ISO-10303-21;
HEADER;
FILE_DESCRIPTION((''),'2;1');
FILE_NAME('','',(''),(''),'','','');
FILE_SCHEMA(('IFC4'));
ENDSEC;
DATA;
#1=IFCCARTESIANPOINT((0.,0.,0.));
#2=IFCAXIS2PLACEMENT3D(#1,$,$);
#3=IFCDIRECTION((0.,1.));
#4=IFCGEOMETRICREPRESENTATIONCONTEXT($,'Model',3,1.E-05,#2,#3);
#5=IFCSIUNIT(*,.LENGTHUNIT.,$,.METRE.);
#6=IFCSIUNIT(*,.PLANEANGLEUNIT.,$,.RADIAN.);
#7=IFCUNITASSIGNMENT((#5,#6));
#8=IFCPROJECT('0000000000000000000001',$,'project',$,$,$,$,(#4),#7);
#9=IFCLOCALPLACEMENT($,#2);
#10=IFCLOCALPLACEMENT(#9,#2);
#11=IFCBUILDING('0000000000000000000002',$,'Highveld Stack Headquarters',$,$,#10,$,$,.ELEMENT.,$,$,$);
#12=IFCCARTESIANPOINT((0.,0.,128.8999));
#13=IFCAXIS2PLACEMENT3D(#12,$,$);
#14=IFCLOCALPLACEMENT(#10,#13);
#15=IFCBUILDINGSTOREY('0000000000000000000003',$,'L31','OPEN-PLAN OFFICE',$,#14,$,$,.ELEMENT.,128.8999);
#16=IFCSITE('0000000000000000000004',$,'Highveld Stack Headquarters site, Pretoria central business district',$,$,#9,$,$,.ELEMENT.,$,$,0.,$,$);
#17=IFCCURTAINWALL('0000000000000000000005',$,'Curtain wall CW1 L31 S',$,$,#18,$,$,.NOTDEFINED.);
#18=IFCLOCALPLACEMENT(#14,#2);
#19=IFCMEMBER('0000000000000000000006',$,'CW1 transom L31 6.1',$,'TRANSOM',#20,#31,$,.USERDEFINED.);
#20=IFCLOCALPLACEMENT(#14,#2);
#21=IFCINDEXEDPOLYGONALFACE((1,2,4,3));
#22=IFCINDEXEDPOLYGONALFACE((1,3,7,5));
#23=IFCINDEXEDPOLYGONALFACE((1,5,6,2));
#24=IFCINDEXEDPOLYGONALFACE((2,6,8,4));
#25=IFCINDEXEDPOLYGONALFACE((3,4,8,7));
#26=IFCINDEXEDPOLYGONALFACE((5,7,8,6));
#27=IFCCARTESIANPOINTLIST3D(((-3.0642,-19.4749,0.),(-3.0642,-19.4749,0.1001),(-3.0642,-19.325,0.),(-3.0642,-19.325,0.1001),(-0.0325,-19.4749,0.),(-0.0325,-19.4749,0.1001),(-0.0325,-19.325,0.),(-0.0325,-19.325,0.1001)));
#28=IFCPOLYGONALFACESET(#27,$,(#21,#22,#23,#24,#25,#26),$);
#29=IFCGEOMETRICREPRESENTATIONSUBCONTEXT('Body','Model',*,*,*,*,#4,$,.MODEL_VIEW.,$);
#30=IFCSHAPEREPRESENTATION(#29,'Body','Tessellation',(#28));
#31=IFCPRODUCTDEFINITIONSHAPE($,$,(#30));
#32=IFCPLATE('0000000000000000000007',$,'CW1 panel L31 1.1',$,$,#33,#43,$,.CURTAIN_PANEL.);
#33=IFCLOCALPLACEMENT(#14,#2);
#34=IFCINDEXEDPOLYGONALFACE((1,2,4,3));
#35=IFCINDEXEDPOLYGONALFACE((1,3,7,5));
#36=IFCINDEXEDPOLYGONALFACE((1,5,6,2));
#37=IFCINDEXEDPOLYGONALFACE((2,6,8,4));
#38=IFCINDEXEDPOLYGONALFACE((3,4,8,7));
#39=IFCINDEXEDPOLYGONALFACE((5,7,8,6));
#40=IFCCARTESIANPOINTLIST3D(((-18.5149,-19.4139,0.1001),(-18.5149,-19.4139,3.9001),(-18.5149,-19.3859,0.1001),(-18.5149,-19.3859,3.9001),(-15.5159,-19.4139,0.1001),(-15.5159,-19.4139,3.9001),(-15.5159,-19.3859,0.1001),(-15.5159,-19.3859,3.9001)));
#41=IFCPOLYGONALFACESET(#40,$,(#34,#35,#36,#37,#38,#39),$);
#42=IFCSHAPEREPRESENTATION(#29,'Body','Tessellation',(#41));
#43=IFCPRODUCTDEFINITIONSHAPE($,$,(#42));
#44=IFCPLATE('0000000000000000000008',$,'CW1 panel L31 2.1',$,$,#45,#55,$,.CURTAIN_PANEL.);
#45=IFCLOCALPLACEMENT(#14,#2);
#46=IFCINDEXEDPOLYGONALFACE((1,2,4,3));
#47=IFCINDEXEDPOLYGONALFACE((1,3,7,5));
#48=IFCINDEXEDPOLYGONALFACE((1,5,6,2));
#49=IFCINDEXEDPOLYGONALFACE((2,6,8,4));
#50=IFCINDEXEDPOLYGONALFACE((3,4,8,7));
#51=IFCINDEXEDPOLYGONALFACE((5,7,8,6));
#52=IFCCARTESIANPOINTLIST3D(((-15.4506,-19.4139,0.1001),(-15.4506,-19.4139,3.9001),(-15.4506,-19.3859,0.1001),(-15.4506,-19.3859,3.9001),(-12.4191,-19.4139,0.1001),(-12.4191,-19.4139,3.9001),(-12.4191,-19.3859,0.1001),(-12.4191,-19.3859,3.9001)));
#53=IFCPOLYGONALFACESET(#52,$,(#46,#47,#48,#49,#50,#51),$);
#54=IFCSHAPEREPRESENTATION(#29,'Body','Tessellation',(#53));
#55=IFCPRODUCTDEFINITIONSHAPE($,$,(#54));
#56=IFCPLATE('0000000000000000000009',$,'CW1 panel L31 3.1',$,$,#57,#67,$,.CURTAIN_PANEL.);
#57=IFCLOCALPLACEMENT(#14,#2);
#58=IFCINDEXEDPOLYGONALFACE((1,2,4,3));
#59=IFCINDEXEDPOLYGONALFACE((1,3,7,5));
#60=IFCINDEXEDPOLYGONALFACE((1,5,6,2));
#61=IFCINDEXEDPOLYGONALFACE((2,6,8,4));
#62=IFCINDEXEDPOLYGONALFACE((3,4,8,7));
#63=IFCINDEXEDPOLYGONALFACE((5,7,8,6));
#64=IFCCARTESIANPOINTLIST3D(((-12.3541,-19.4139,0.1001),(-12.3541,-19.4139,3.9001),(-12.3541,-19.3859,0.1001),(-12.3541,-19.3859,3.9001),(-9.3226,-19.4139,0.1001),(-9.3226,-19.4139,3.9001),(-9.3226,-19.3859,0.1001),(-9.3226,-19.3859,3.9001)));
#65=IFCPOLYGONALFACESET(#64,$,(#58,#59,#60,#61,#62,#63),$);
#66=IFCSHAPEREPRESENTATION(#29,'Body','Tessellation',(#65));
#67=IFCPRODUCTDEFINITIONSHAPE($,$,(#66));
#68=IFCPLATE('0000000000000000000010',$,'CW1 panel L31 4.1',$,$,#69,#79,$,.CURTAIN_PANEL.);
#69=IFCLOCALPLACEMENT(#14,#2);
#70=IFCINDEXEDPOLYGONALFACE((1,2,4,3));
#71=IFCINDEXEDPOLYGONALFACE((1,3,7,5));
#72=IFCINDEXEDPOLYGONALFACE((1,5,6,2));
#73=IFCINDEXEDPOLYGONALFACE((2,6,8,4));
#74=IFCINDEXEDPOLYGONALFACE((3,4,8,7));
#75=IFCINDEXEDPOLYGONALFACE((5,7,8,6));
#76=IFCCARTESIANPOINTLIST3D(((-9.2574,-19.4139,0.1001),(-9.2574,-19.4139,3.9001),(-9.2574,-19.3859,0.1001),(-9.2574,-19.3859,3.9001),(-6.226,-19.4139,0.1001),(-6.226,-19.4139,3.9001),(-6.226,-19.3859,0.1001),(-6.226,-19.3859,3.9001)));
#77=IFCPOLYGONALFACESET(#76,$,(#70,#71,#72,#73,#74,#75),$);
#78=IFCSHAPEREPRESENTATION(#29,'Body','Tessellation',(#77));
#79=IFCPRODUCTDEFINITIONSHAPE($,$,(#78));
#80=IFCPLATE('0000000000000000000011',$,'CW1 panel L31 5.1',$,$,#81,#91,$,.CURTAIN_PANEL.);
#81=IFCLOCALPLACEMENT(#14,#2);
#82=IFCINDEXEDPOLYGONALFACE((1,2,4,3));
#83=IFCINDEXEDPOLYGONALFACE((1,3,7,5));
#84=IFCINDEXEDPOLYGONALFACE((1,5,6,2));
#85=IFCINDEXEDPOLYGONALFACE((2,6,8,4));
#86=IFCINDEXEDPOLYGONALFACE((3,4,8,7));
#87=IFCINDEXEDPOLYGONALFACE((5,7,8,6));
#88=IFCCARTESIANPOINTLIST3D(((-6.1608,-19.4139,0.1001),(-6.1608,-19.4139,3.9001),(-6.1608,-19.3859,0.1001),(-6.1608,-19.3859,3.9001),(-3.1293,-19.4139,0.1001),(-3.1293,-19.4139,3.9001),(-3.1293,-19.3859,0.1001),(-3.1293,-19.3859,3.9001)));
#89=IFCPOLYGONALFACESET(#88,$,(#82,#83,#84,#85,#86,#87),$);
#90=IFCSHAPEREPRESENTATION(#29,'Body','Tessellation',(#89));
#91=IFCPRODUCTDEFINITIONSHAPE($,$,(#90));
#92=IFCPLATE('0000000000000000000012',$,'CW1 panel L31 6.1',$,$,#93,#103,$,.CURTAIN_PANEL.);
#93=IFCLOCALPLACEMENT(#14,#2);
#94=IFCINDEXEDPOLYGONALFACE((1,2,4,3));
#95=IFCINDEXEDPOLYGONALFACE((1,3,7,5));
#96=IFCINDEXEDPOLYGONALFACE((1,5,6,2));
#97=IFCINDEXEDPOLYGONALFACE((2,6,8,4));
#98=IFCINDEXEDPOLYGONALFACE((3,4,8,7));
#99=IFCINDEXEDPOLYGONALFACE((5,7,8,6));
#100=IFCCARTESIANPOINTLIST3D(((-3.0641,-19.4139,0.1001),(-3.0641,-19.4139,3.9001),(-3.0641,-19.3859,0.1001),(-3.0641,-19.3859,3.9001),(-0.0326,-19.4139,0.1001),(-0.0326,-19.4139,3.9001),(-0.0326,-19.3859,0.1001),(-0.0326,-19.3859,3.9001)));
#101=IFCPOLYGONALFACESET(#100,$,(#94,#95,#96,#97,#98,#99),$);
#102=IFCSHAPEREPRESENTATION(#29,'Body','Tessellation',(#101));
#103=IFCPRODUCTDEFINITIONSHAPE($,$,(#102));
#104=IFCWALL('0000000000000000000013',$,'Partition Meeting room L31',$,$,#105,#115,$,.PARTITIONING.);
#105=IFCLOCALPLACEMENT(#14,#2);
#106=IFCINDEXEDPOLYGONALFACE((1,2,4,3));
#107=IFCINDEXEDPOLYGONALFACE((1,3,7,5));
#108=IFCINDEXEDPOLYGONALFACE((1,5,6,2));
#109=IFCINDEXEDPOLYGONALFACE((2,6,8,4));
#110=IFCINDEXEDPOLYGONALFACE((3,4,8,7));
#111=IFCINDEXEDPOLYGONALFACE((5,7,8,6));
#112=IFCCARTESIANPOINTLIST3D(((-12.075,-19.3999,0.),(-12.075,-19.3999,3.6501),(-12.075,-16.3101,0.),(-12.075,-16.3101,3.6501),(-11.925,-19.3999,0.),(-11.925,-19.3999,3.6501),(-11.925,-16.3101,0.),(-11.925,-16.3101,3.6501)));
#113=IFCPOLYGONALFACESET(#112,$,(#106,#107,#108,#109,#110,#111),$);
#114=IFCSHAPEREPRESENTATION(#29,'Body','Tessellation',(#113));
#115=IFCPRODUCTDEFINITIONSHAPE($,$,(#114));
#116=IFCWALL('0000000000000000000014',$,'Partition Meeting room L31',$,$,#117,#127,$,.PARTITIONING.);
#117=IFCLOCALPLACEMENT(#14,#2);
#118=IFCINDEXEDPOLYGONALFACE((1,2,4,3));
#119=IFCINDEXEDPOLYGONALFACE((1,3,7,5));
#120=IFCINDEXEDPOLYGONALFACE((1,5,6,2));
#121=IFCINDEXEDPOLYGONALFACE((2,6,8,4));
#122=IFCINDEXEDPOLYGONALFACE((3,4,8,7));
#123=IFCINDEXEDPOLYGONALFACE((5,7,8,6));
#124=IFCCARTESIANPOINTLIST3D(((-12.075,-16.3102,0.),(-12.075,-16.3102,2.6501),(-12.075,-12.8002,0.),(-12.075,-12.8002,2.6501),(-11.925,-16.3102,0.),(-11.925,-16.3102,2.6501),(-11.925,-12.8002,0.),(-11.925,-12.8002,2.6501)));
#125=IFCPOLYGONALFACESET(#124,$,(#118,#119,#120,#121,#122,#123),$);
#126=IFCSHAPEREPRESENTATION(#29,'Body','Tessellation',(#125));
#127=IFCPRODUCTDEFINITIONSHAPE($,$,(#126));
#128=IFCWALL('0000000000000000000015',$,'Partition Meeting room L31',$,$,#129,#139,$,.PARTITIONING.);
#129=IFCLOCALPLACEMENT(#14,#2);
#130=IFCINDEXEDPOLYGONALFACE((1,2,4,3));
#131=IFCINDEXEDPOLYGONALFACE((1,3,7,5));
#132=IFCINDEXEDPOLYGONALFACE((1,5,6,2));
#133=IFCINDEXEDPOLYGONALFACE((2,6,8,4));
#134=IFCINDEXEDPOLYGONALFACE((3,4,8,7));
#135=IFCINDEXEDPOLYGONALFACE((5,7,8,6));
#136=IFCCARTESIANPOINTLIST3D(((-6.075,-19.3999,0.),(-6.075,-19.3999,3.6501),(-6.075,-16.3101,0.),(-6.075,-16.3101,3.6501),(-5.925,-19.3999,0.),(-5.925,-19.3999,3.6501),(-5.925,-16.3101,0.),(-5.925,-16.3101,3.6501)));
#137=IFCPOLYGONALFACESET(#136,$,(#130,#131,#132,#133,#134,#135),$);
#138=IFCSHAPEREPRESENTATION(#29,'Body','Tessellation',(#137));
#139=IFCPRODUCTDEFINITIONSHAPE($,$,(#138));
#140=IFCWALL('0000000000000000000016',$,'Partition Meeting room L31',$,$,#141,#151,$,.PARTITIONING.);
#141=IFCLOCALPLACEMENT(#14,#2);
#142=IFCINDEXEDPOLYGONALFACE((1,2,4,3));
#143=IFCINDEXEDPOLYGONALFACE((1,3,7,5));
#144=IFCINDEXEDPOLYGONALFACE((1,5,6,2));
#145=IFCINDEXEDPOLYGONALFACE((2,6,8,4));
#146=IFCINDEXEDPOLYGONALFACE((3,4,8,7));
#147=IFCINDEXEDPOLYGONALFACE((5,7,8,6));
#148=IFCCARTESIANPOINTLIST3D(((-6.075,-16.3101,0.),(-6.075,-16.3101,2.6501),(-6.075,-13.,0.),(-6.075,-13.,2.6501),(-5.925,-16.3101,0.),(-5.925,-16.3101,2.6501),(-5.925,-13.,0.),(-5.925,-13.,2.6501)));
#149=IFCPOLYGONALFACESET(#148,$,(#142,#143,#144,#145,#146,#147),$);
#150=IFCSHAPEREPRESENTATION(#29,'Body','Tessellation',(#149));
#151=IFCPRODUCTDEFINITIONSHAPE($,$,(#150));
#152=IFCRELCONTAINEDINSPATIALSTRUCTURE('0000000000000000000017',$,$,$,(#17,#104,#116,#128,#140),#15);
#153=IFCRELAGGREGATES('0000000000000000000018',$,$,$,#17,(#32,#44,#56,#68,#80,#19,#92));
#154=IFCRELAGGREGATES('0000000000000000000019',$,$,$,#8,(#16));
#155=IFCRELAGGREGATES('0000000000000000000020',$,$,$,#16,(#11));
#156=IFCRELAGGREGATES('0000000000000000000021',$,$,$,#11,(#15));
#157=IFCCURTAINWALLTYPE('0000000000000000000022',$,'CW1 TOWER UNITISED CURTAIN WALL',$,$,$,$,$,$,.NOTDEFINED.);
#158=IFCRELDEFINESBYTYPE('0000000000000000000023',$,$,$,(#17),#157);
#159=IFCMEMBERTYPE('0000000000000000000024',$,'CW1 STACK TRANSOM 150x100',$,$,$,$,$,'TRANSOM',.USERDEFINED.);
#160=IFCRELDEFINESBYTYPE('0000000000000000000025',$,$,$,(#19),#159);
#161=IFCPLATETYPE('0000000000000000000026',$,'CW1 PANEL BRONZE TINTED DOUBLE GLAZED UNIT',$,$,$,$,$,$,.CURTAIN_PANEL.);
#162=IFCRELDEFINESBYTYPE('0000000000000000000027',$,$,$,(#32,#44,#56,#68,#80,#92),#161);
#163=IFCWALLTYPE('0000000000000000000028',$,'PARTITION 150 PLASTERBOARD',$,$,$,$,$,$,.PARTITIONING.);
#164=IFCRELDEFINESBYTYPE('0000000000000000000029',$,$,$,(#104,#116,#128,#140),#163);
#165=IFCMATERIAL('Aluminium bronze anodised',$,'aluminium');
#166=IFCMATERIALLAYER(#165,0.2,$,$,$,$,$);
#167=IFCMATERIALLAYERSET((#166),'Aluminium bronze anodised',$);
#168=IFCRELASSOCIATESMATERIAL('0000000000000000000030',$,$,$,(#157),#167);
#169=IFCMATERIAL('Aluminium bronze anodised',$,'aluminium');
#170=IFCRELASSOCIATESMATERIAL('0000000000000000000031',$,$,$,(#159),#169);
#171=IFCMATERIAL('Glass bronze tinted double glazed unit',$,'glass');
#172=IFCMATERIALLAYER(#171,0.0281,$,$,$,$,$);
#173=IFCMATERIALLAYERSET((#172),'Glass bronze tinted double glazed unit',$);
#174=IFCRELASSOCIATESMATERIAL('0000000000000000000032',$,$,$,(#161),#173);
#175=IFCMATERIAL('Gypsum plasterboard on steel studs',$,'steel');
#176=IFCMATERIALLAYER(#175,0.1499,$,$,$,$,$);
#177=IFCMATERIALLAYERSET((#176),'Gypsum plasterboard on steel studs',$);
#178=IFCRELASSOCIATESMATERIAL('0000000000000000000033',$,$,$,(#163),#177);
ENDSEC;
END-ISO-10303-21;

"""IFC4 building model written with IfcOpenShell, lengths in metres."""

from ifc_helpers import new_model, si_unit, direction, frame, frame_2d, origin, origin_2d, place, context, subcontext, project, spatial, rectangle, extrude, material, layer, layer_set, material_profile, profile_set, type_object, element, aggregate, save


model = new_model("IFC4")

# Units and contexts
model_context = context("Model", 3, precision=1e-05, world=origin(), true_north=direction((0.0, 1.0)))
body_context = subcontext(model_context, "Body", "Model", "MODEL_VIEW")
ifc_project = project(units=[si_unit("LENGTHUNIT", "METRE"), si_unit("PLANEANGLEUNIT", "RADIAN")], contexts=[model_context])

# Site, building, storey
site_placement = place(None, origin())
site = spatial("IfcSite", under=ifc_project, at=site_placement, Name="Highveld Stack Headquarters site, Pretoria central business district", CompositionType="ELEMENT", RefElevation=0.0)
building_placement = place(site_placement, origin())
building = spatial("IfcBuilding", under=site, at=building_placement, Name="Highveld Stack Headquarters", CompositionType="ELEMENT")
storey_placement = place(building_placement, frame((0.0, 0.0, 128.8999)))
storey = spatial("IfcBuildingStorey", under=building, at=storey_placement, Name="L31", Description="OPEN-PLAN OFFICE", CompositionType="ELEMENT", Elevation=128.8999)

# Curtain wall, member, plates
ifc_material_1 = material(Name="Aluminium bronze anodised", Category="aluminium")
ifc_layer_1 = layer(ifc_material_1, 0.2)
ifc_layer_set_1 = layer_set([ifc_layer_1], Name="Aluminium bronze anodised")
curtain_wall_type = type_object("IfcCurtainWallType", Name="CW1 TOWER UNITISED CURTAIN WALL", PredefinedType="NOTDEFINED", material=ifc_layer_set_1)
curtain_wall_placement = place(storey_placement, origin())
curtain_wall = element("IfcCurtainWall", 1, at=curtain_wall_placement, inside=storey, type_object=curtain_wall_type, Name="Curtain wall CW1 L31 S", PredefinedType="NOTDEFINED")
ifc_material_2 = material(Name="Aluminium bronze anodised", Category="aluminium")
ifc_material_profile_1 = material_profile(ifc_material_2, rectangle(XDim=0.1499, YDim=0.1001, at=origin_2d()), Name="CW1 TRANSOM 150x100")
ifc_profile_set_1 = profile_set([ifc_material_profile_1], Name="Aluminium bronze anodised")
member_type_1 = type_object("IfcMemberType", Name="CW1 STACK TRANSOM 150x100", ElementType="TRANSOM", PredefinedType="USERDEFINED", material=ifc_profile_set_1)
member_1_placement = place(storey_placement, frame((-3.0642, -19.3999, 0.05), z_axis=(1.0, 0.0, 0.0), x_axis=(0.0, 1.0, 0.0)))
member_1 = element("IfcMember", 2, at=member_1_placement, type_object=member_type_1, Name="CW1 transom L31 6.1", ObjectType="TRANSOM", PredefinedType="USERDEFINED", context=body_context, shape_type="SweptSolid", body=[
    extrude(rectangle(XDim=0.1499, YDim=0.1001, at=origin_2d()), origin(), (0.0, 0.0, 1.0), 3.0317),
])
ifc_material_3 = material(Name="Glass bronze tinted double glazed unit", Category="glass")
ifc_layer_2 = layer(ifc_material_3, 0.0281)
ifc_layer_set_2 = layer_set([ifc_layer_2], Name="Glass bronze tinted double glazed unit")
plate_type = type_object("IfcPlateType", Name="CW1 PANEL BRONZE TINTED DOUBLE GLAZED UNIT", PredefinedType="CURTAIN_PANEL", material=ifc_layer_set_2)
plate_1_placement = place(storey_placement, frame((-17.0154, -19.3999, 0.1001), z_axis=(0.0, 0.0, 1.0), x_axis=(1.0, 0.0, 0.0)))
plate_1 = element("IfcPlate", 3, at=plate_1_placement, type_object=plate_type, Name="CW1 panel L31 1.1", PredefinedType="CURTAIN_PANEL", context=body_context, shape_type="SweptSolid", body=[
    extrude(rectangle(XDim=2.999, YDim=0.0281, at=origin_2d()), origin(), (0.0, 0.0, 1.0), 3.8),
])
plate_2_placement = place(storey_placement, frame((-13.9348, -19.3999, 0.1001), z_axis=(0.0, 0.0, 1.0), x_axis=(1.0, 0.0, 0.0)))
plate_2 = element("IfcPlate", 4, at=plate_2_placement, type_object=plate_type, Name="CW1 panel L31 2.1", PredefinedType="CURTAIN_PANEL", context=body_context, shape_type="SweptSolid", body=[
    extrude(rectangle(XDim=3.0315, YDim=0.0281, at=origin_2d()), origin(), (0.0, 0.0, 1.0), 3.8),
])
plate_3_placement = place(storey_placement, frame((-10.8384, -19.3999, 0.1001), z_axis=(0.0, 0.0, 1.0), x_axis=(1.0, 0.0, 0.0)))
plate_3 = element("IfcPlate", 5, at=plate_3_placement, type_object=plate_type, Name="CW1 panel L31 3.1", PredefinedType="CURTAIN_PANEL", context=body_context, shape_type="SweptSolid", body=[
    extrude(rectangle(XDim=3.0315, YDim=0.0281, at=origin_2d()), origin(), (0.0, 0.0, 1.0), 3.8),
])
plate_4_placement = place(storey_placement, frame((-7.7417, -19.3999, 0.1001), z_axis=(0.0, 0.0, 1.0), x_axis=(1.0, 0.0, 0.0)))
plate_4 = element("IfcPlate", 6, at=plate_4_placement, type_object=plate_type, Name="CW1 panel L31 4.1", PredefinedType="CURTAIN_PANEL", context=body_context, shape_type="SweptSolid", body=[
    extrude(rectangle(XDim=3.0315, YDim=0.0281, at=origin_2d()), origin(), (0.0, 0.0, 1.0), 3.8),
])
plate_5_placement = place(storey_placement, frame((-4.645, -19.3999, 0.1001), z_axis=(0.0, 0.0, 1.0), x_axis=(1.0, 0.0, 0.0)))
plate_5 = element("IfcPlate", 7, at=plate_5_placement, type_object=plate_type, Name="CW1 panel L31 5.1", PredefinedType="CURTAIN_PANEL", context=body_context, shape_type="SweptSolid", body=[
    extrude(rectangle(XDim=3.0315, YDim=0.0281, at=origin_2d()), origin(), (0.0, 0.0, 1.0), 3.8),
])
plate_6_placement = place(storey_placement, frame((-1.5483, -19.3999, 0.1001), z_axis=(0.0, 0.0, 1.0), x_axis=(1.0, 0.0, 0.0)))
plate_6 = element("IfcPlate", 8, at=plate_6_placement, type_object=plate_type, Name="CW1 panel L31 6.1", PredefinedType="CURTAIN_PANEL", context=body_context, shape_type="SweptSolid", body=[
    extrude(rectangle(XDim=3.0315, YDim=0.0281, at=origin_2d()), origin(), (0.0, 0.0, 1.0), 3.8),
])
aggregate(curtain_wall, [plate_1, plate_2, plate_3, plate_4, plate_5, member_1, plate_6])

# Walls
ifc_material_4 = material(Name="Gypsum plasterboard on steel studs", Category="steel")
ifc_layer_3 = layer(ifc_material_4, 0.1499)
ifc_layer_set_3 = layer_set([ifc_layer_3], Name="Gypsum plasterboard on steel studs")
wall_type = type_object("IfcWallType", Name="PARTITION 150 PLASTERBOARD", PredefinedType="PARTITIONING", material=ifc_layer_set_3)
wall_1_placement = place(storey_placement, frame((-12.0, -19.3999, 0.0), z_axis=(0.0, 0.0, 1.0), x_axis=(0.0, 1.0, 0.0)))
element("IfcWall", 9, at=wall_1_placement, inside=storey, type_object=wall_type, Name="Partition Meeting room L31", PredefinedType="PARTITIONING", context=body_context, shape_type="SweptSolid", body=[
    extrude(rectangle(XDim=3.0898, YDim=0.1499, at=frame_2d((1.5449, 0.0))), origin(), (0.0, 0.0, 1.0), 3.6501),
])
wall_2_placement = place(storey_placement, frame((-12.0, -16.3101, 0.0), z_axis=(0.0, 0.0, 1.0), x_axis=(0.0, 1.0, 0.0)))
element("IfcWall", 10, at=wall_2_placement, inside=storey, type_object=wall_type, Name="Partition Meeting room L31", PredefinedType="PARTITIONING", context=body_context, shape_type="SweptSolid", body=[
    extrude(rectangle(XDim=3.51, YDim=0.1499, at=frame_2d((1.7549, 0.0))), origin(), (0.0, 0.0, 1.0), 2.6501),
])
wall_3_placement = place(storey_placement, frame((-6.0, -19.3999, 0.0), z_axis=(0.0, 0.0, 1.0), x_axis=(0.0, 1.0, 0.0)))
element("IfcWall", 11, at=wall_3_placement, inside=storey, type_object=wall_type, Name="Partition Meeting room L31", PredefinedType="PARTITIONING", context=body_context, shape_type="SweptSolid", body=[
    extrude(rectangle(XDim=3.0898, YDim=0.1499, at=frame_2d((1.5449, 0.0))), origin(), (0.0, 0.0, 1.0), 3.6501),
])
wall_4_placement = place(storey_placement, frame((-6.0, -16.3101, 0.0), z_axis=(0.0, 0.0, 1.0), x_axis=(0.0, 1.0, 0.0)))
element("IfcWall", 12, at=wall_4_placement, inside=storey, type_object=wall_type, Name="Partition Meeting room L31", PredefinedType="PARTITIONING", context=body_context, shape_type="SweptSolid", body=[
    extrude(rectangle(XDim=3.3101, YDim=0.1499, at=frame_2d((1.655, 0.0))), origin(), (0.0, 0.0, 1.0), 2.6501),
])

save(model, "model.ifc")
